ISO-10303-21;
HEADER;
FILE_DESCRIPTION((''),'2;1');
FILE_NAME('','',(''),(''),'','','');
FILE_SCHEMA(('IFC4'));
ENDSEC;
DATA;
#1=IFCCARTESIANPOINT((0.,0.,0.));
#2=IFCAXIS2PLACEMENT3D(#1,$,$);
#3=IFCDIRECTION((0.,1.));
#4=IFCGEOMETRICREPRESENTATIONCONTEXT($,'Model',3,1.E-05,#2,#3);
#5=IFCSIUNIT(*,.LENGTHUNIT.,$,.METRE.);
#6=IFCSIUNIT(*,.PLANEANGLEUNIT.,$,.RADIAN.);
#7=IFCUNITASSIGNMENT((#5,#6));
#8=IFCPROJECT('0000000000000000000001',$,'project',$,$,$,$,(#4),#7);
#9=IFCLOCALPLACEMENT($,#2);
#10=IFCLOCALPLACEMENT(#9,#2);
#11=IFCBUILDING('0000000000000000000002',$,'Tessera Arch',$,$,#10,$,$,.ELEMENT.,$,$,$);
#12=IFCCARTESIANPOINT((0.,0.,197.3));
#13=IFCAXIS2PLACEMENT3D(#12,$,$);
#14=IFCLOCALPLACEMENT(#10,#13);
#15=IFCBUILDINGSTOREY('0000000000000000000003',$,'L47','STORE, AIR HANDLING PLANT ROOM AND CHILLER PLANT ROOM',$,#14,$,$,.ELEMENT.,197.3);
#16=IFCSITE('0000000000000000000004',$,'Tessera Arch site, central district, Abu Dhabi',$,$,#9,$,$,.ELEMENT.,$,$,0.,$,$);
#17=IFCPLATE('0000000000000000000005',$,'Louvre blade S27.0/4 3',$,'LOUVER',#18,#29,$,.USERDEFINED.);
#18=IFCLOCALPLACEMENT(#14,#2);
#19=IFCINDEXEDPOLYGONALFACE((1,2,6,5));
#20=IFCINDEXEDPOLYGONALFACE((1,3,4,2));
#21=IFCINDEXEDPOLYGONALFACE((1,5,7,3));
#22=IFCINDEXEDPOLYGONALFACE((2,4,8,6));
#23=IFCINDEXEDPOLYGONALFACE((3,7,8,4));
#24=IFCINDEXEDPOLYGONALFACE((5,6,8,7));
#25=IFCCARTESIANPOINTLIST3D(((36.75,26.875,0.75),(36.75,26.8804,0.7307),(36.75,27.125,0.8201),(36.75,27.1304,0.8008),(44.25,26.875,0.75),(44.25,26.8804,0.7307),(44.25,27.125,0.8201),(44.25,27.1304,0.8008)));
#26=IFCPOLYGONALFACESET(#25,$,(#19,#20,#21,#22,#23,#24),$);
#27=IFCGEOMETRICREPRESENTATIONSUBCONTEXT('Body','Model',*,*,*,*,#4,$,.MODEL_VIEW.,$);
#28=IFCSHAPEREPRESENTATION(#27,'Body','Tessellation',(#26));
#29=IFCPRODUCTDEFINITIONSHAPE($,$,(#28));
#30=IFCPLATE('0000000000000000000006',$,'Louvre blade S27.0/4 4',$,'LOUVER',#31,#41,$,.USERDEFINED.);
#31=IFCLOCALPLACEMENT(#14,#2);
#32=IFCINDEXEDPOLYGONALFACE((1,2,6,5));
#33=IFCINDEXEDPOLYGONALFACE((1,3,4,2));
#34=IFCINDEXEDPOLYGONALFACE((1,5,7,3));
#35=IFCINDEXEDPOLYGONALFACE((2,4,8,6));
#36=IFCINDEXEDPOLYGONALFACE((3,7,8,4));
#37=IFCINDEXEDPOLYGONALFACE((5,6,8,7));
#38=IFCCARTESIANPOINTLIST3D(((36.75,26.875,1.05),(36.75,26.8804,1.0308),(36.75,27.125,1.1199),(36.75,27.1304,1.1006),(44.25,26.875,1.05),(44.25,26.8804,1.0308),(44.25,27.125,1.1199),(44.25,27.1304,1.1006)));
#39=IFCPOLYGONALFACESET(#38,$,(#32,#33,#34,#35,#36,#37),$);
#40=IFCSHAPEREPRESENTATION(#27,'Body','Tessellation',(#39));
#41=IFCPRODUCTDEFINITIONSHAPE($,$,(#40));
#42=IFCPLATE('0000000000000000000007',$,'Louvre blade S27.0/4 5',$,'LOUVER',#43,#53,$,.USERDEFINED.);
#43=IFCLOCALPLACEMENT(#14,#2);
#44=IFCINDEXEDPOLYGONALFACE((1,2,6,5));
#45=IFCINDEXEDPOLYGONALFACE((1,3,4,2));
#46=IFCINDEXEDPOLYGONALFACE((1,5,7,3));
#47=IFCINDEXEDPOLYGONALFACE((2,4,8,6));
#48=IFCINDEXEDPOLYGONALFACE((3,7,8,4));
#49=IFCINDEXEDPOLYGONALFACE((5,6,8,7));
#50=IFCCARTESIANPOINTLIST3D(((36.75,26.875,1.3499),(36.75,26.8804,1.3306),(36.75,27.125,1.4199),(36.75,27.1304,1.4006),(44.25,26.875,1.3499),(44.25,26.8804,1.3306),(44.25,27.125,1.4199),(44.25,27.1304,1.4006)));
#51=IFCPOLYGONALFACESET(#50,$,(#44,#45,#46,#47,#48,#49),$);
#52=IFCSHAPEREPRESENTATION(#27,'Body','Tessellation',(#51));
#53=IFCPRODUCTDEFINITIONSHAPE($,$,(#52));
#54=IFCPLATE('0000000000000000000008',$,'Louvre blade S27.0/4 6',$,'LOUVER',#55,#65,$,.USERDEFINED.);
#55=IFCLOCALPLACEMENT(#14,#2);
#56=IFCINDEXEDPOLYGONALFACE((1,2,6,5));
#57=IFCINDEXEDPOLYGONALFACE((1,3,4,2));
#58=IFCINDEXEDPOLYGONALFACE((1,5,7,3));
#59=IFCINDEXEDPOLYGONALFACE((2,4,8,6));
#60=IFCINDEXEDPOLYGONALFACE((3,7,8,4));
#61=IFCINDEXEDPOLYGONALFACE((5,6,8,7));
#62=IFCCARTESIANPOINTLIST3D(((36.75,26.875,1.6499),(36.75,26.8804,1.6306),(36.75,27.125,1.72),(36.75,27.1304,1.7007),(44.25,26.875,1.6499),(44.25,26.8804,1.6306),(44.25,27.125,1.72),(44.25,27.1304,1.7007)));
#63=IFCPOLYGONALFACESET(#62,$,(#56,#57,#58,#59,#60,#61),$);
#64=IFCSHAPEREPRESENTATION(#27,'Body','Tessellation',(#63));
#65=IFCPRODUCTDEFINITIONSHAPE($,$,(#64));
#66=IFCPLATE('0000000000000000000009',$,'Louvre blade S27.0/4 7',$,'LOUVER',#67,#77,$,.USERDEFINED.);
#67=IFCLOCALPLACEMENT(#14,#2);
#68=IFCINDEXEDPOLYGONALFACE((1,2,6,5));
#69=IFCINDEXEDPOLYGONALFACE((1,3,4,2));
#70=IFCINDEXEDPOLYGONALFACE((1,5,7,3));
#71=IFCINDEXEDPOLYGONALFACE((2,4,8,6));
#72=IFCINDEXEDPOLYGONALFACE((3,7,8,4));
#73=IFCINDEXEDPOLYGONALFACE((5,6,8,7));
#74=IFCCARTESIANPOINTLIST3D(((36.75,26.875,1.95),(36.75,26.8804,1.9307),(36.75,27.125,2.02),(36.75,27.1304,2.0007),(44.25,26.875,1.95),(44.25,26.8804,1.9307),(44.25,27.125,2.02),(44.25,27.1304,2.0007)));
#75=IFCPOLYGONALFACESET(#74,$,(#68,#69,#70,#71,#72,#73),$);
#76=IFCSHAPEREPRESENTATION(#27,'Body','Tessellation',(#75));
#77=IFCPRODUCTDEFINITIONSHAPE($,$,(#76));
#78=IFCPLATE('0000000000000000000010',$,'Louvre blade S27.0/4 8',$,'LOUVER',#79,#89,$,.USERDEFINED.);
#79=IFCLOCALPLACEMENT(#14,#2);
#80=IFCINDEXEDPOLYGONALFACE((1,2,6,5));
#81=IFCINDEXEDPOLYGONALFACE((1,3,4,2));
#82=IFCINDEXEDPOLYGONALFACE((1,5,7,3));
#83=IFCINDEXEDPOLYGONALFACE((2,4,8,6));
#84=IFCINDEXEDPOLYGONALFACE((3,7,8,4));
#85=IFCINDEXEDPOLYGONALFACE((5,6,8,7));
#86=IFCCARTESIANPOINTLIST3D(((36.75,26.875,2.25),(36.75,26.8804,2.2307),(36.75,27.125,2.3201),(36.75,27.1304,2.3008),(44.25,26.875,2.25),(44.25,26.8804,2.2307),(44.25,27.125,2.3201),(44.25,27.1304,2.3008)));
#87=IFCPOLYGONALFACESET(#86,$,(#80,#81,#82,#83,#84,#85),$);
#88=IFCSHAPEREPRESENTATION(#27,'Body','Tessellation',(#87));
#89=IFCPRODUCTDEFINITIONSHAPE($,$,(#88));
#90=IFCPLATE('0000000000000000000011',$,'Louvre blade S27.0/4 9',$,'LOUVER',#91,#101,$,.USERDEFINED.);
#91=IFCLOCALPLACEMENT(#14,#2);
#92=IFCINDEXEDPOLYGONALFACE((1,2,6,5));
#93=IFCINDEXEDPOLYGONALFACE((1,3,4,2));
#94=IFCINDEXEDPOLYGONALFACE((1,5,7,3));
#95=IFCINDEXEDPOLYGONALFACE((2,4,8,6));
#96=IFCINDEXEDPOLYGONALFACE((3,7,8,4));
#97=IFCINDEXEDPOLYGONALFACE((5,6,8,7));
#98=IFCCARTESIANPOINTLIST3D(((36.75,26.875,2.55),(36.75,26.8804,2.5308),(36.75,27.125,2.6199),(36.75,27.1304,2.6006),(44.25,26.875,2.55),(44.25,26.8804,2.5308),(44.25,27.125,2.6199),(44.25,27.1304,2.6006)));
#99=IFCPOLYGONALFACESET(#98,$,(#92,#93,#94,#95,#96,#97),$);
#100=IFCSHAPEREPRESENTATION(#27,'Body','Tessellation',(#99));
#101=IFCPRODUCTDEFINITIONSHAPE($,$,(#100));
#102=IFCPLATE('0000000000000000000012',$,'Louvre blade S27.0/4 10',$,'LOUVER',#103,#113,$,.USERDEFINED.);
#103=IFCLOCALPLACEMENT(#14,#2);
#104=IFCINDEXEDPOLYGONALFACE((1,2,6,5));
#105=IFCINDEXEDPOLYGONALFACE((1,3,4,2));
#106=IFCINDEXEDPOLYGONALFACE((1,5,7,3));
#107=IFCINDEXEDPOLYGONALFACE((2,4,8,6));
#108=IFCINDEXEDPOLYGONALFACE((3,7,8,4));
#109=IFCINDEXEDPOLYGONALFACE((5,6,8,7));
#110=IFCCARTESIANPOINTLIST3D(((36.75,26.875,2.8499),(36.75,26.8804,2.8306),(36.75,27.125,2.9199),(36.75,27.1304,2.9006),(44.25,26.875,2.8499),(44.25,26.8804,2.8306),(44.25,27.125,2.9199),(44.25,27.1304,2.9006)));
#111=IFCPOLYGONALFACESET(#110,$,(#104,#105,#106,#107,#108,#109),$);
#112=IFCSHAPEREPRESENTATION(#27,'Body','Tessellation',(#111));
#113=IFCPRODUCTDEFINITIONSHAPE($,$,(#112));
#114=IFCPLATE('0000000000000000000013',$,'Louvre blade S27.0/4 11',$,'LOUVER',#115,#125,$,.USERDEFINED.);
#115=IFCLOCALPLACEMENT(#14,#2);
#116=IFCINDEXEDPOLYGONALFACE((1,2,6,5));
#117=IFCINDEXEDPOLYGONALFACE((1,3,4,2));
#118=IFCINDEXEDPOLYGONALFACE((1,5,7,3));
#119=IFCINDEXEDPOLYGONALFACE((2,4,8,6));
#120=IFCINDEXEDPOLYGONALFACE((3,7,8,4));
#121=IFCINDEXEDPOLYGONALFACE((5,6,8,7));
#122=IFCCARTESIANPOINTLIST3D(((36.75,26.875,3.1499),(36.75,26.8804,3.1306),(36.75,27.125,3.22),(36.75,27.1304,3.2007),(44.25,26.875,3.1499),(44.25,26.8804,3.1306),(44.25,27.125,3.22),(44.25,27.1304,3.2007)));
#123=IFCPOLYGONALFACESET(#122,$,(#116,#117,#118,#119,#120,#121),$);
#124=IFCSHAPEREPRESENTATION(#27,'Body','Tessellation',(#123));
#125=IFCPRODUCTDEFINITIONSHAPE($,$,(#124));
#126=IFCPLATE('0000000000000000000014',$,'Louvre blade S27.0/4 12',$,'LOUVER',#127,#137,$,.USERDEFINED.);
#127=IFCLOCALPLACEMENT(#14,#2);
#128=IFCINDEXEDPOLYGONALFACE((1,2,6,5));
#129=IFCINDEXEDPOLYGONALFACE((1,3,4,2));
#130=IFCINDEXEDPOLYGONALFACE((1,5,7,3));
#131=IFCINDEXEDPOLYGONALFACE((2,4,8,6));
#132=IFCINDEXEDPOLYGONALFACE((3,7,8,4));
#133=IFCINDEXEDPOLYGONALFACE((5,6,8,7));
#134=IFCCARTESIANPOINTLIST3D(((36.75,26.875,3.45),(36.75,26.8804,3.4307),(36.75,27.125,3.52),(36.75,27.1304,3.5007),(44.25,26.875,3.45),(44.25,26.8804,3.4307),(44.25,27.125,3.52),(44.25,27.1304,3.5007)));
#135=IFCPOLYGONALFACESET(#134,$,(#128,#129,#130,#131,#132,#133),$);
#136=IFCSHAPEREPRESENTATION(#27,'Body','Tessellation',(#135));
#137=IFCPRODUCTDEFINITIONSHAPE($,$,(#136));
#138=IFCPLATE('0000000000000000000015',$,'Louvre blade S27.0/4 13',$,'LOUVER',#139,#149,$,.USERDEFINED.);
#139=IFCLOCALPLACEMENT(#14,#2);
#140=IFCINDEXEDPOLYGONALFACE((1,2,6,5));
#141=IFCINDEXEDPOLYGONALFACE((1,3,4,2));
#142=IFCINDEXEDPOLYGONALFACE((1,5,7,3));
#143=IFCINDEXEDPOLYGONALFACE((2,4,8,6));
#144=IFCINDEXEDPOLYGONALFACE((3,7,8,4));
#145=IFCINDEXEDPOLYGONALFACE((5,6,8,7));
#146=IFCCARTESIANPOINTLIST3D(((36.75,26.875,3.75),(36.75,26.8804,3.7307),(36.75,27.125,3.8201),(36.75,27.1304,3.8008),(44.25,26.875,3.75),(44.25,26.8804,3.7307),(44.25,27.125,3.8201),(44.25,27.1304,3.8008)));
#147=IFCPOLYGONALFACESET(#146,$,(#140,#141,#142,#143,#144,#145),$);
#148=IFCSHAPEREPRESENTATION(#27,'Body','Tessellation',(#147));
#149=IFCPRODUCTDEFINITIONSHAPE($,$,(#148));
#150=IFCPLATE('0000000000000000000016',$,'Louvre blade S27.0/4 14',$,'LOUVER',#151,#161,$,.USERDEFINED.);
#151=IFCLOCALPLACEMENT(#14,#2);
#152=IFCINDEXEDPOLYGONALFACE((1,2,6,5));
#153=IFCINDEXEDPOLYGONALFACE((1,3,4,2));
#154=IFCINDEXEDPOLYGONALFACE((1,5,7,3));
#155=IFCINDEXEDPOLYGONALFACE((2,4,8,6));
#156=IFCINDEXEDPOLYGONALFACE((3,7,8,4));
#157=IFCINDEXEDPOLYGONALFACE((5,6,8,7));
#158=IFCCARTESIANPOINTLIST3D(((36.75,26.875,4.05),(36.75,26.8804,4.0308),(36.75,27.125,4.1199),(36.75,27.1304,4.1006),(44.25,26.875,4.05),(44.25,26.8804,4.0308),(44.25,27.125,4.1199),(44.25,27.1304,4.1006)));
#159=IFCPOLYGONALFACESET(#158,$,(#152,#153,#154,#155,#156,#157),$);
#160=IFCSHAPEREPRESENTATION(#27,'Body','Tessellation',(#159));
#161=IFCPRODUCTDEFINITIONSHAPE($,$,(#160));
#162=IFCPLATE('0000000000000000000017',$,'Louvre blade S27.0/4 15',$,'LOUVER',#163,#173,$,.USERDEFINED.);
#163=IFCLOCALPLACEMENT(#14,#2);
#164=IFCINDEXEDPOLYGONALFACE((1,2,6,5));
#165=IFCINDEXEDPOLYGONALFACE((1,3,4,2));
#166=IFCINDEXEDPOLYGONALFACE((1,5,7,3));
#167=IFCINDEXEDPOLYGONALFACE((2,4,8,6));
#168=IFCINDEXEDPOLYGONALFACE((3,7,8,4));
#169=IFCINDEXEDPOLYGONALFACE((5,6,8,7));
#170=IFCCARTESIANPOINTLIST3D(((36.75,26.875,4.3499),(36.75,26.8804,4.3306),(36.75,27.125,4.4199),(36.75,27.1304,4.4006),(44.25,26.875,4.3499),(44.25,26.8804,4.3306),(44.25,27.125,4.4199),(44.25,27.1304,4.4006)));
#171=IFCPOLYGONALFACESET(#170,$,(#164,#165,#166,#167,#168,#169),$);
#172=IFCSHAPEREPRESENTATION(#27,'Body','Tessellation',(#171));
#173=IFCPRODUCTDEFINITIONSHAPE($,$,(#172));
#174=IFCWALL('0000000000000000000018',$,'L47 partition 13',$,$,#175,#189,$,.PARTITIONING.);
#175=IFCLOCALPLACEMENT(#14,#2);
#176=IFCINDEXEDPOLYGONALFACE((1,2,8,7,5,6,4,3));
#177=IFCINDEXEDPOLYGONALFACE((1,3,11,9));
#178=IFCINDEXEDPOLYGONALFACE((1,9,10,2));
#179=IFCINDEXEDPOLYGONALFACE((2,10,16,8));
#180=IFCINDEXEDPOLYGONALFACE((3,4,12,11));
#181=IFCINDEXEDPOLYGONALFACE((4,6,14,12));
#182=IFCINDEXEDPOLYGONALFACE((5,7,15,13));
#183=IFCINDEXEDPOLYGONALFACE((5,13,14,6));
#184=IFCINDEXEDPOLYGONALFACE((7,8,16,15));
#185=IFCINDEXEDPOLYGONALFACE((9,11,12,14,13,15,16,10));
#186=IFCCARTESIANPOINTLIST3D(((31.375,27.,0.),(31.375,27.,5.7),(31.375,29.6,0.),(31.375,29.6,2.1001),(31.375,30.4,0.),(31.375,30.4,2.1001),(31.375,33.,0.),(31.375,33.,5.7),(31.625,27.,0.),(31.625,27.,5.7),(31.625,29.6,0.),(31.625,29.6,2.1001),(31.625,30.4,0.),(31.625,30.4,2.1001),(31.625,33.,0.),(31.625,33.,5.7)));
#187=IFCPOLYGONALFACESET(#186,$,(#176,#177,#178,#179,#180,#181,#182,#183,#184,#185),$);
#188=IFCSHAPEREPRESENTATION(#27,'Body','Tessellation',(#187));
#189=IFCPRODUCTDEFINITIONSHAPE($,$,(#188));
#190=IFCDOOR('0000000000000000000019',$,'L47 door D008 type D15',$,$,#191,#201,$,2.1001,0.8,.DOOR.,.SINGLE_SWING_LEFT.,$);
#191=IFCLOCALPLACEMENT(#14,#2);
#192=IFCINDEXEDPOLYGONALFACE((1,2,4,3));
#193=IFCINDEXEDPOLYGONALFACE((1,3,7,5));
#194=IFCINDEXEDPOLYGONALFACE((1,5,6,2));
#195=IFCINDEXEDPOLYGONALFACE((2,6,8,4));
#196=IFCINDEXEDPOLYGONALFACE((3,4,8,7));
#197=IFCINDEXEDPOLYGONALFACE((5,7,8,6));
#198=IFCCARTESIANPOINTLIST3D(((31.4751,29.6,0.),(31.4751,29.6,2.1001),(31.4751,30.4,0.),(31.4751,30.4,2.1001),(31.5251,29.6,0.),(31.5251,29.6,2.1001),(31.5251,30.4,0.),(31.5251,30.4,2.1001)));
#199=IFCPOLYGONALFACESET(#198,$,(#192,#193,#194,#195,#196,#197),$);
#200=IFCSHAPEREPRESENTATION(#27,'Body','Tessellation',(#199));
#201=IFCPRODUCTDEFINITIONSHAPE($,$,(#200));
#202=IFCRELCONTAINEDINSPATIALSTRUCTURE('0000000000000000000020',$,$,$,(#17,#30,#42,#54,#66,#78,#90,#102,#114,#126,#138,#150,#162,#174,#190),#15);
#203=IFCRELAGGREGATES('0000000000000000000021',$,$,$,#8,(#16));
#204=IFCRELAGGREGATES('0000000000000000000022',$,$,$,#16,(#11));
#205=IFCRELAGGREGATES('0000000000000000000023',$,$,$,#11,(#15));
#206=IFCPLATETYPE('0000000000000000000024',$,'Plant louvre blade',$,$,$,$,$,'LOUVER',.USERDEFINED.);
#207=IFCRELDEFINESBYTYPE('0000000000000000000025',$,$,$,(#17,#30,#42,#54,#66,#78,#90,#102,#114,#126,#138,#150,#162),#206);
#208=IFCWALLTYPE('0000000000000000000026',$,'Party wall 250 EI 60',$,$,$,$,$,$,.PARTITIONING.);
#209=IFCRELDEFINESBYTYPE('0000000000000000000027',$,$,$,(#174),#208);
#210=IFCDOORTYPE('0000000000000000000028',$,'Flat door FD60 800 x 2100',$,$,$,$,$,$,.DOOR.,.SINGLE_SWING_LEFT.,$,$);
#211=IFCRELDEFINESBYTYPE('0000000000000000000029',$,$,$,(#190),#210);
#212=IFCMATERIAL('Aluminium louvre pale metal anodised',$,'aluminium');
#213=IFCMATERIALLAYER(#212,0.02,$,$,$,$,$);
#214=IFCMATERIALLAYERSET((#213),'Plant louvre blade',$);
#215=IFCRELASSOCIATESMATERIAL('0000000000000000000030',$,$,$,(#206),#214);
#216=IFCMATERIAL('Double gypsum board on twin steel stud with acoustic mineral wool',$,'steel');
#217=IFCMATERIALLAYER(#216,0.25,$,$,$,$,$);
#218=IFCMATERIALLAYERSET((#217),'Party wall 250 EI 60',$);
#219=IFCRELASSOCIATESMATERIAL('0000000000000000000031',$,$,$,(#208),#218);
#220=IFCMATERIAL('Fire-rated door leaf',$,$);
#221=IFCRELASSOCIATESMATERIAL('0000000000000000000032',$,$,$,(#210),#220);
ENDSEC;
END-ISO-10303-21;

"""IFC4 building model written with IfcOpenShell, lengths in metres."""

from ifc_helpers import new_model, si_unit, direction, frame, frame_2d, origin, place, context, subcontext, project, spatial, polyline, rectangle, outline, extrude, material, layer, layer_set, type_object, element, fill, save


model = new_model("IFC4")

# Units and contexts
model_context = context("Model", 3, precision=1e-05, world=origin(), true_north=direction((0.0, 1.0)))
body_context = subcontext(model_context, "Body", "Model", "MODEL_VIEW")
ifc_project = project(units=[si_unit("LENGTHUNIT", "METRE"), si_unit("PLANEANGLEUNIT", "RADIAN")], contexts=[model_context])

# Site, building, storey
site_placement = place(None, origin())
site = spatial("IfcSite", under=ifc_project, at=site_placement, Name="Tessera Arch site, central district, Abu Dhabi", CompositionType="ELEMENT", RefElevation=0.0)
building_placement = place(site_placement, origin())
building = spatial("IfcBuilding", under=site, at=building_placement, Name="Tessera Arch", CompositionType="ELEMENT")
storey_placement = place(building_placement, frame((0.0, 0.0, 197.3)))
storey = spatial("IfcBuildingStorey", under=building, at=storey_placement, Name="L47", Description="STORE, AIR HANDLING PLANT ROOM AND CHILLER PLANT ROOM", CompositionType="ELEMENT", Elevation=197.3)

# Plates
ifc_material_1 = material(Name="Aluminium louvre pale metal anodised", Category="aluminium")
ifc_layer_1 = layer(ifc_material_1, 0.02)
ifc_layer_set_1 = layer_set([ifc_layer_1], Name="Plant louvre blade")
plate_type_1 = type_object("IfcPlateType", Name="Plant louvre blade", ElementType="LOUVER", PredefinedType="USERDEFINED", material=ifc_layer_set_1)
for number, where, z_axis, x_axis, name in (
    (1, (36.75, 26.875, 0.75), (0.0, -0.269874, 0.962896), (1.0, 0.0, 0.0), "Louvre blade S27.0/4 3"),
):
    element("IfcPlate", number, at=place(storey_placement, frame(where, z_axis=z_axis, x_axis=x_axis)), inside=storey, type_object=plate_type_1, Name=name, ObjectType="LOUVER", PredefinedType="USERDEFINED", context=body_context, shape_type="SweptSolid", body=[
        extrude(outline(polyline([(0.0, 0.0), (7.5, 0.0), (7.5, 0.2596), (0.0, 0.2596), (0.0, 0.0)])), origin(), (0.0, 0.0, -1.0), 0.02),
    ])
plate_1_placement = place(storey_placement, frame((36.75, 26.875, 1.05), z_axis=(0.0, -0.269002, 0.96314), x_axis=(1.0, 0.0, 0.0)))
element("IfcPlate", 2, at=plate_1_placement, inside=storey, type_object=plate_type_1, Name="Louvre blade S27.0/4 4", ObjectType="LOUVER", PredefinedType="USERDEFINED", context=body_context, shape_type="SweptSolid", body=[
    extrude(outline(polyline([(0.0, 0.0), (7.5, 0.0), (7.5, 0.2596), (0.0, 0.2596), (0.0, 0.0)])), origin(), (0.0, 0.0, -1.0), 0.02),
])
for number, where, z_axis, x_axis, name in (
    (3, (36.75, 26.875, 1.3499), (0.0, -0.269874, 0.962896), (1.0, 0.0, 0.0), "Louvre blade S27.0/4 5"),
    (4, (36.75, 26.875, 1.6499), (0.0, -0.269874, 0.962896), (1.0, 0.0, 0.0), "Louvre blade S27.0/4 6"),
    (5, (36.75, 26.875, 1.95), (0.0, -0.269874, 0.962896), (1.0, 0.0, 0.0), "Louvre blade S27.0/4 7"),
    (6, (36.75, 26.875, 2.25), (0.0, -0.269874, 0.962896), (1.0, 0.0, 0.0), "Louvre blade S27.0/4 8"),
):
    element("IfcPlate", number, at=place(storey_placement, frame(where, z_axis=z_axis, x_axis=x_axis)), inside=storey, type_object=plate_type_1, Name=name, ObjectType="LOUVER", PredefinedType="USERDEFINED", context=body_context, shape_type="SweptSolid", body=[
        extrude(outline(polyline([(0.0, 0.0), (7.5, 0.0), (7.5, 0.2596), (0.0, 0.2596), (0.0, 0.0)])), origin(), (0.0, 0.0, -1.0), 0.02),
    ])
plate_2_placement = place(storey_placement, frame((36.75, 26.875, 2.55), z_axis=(0.0, -0.269002, 0.96314), x_axis=(1.0, 0.0, 0.0)))
element("IfcPlate", 7, at=plate_2_placement, inside=storey, type_object=plate_type_1, Name="Louvre blade S27.0/4 9", ObjectType="LOUVER", PredefinedType="USERDEFINED", context=body_context, shape_type="SweptSolid", body=[
    extrude(outline(polyline([(0.0, 0.0), (7.5, 0.0), (7.5, 0.2596), (0.0, 0.2596), (0.0, 0.0)])), origin(), (0.0, 0.0, -1.0), 0.02),
])
for number, where, z_axis, x_axis, name in (
    (8, (36.75, 26.875, 2.8499), (0.0, -0.269874, 0.962896), (1.0, 0.0, 0.0), "Louvre blade S27.0/4 10"),
    (9, (36.75, 26.875, 3.1499), (0.0, -0.269874, 0.962896), (1.0, 0.0, 0.0), "Louvre blade S27.0/4 11"),
    (10, (36.75, 26.875, 3.45), (0.0, -0.269874, 0.962896), (1.0, 0.0, 0.0), "Louvre blade S27.0/4 12"),
    (11, (36.75, 26.875, 3.75), (0.0, -0.269874, 0.962896), (1.0, 0.0, 0.0), "Louvre blade S27.0/4 13"),
):
    element("IfcPlate", number, at=place(storey_placement, frame(where, z_axis=z_axis, x_axis=x_axis)), inside=storey, type_object=plate_type_1, Name=name, ObjectType="LOUVER", PredefinedType="USERDEFINED", context=body_context, shape_type="SweptSolid", body=[
        extrude(outline(polyline([(0.0, 0.0), (7.5, 0.0), (7.5, 0.2596), (0.0, 0.2596), (0.0, 0.0)])), origin(), (0.0, 0.0, -1.0), 0.02),
    ])
plate_3_placement = place(storey_placement, frame((36.75, 26.875, 4.05), z_axis=(0.0, -0.269002, 0.96314), x_axis=(1.0, 0.0, 0.0)))
element("IfcPlate", 12, at=plate_3_placement, inside=storey, type_object=plate_type_1, Name="Louvre blade S27.0/4 14", ObjectType="LOUVER", PredefinedType="USERDEFINED", context=body_context, shape_type="SweptSolid", body=[
    extrude(outline(polyline([(0.0, 0.0), (7.5, 0.0), (7.5, 0.2596), (0.0, 0.2596), (0.0, 0.0)])), origin(), (0.0, 0.0, -1.0), 0.02),
])
plate_4_placement = place(storey_placement, frame((36.75, 26.875, 4.3499), z_axis=(0.0, -0.269874, 0.962896), x_axis=(1.0, 0.0, 0.0)))
element("IfcPlate", 13, at=plate_4_placement, inside=storey, type_object=plate_type_1, Name="Louvre blade S27.0/4 15", ObjectType="LOUVER", PredefinedType="USERDEFINED", context=body_context, shape_type="SweptSolid", body=[
    extrude(outline(polyline([(0.0, 0.0), (7.5, 0.0), (7.5, 0.2596), (0.0, 0.2596), (0.0, 0.0)])), origin(), (0.0, 0.0, -1.0), 0.02),
])

# Wall, opening, door
ifc_material_2 = material(Name="Double gypsum board on twin steel stud with acoustic mineral wool", Category="steel")
ifc_layer_2 = layer(ifc_material_2, 0.25)
ifc_layer_set_2 = layer_set([ifc_layer_2], Name="Party wall 250 EI 60")
wall_type = type_object("IfcWallType", Name="Party wall 250 EI 60", PredefinedType="PARTITIONING", material=ifc_layer_set_2)
wall_placement = place(storey_placement, frame((31.5, 27.0, 0.0), z_axis=(0.0, 0.0, 1.0), x_axis=(0.0, 1.0, 0.0)))
wall = element("IfcWall", 14, at=wall_placement, inside=storey, type_object=wall_type, Name="L47 partition 13", PredefinedType="PARTITIONING", context=body_context, shape_type="SweptSolid", body=[
    extrude(rectangle(XDim=6.0, YDim=0.25, at=frame_2d((3.0, 0.0))), origin(), (0.0, 0.0, 1.0), 5.7),
])
opening_placement = place(wall_placement, frame((2.6001, 0.0, 0.0)))
opening = element("IfcOpeningElement", 15, at=opening_placement, cuts=wall, PredefinedType="OPENING", context=body_context, shape_type="SweptSolid", body=[
    extrude(rectangle(XDim=0.8, YDim=2.1001, at=frame_2d((0.3999, 1.05))), frame((0.0, 0.135, 0.0), z_axis=(0.0, -1.0, 0.0), x_axis=(1.0, 0.0, 0.0)), (0.0, 0.0, 1.0), 0.27),
])
ifc_material_3 = material(Name="Fire-rated door leaf")
door_type = type_object("IfcDoorType", Name="Flat door FD60 800 x 2100", OperationType="SINGLE_SWING_LEFT", PredefinedType="DOOR", material=ifc_material_3)
door_placement = place(opening_placement, origin())
door = element("IfcDoor", 16, at=door_placement, inside=storey, type_object=door_type, Name="L47 door D008 type D15", OperationType="SINGLE_SWING_LEFT", OverallHeight=2.1001, OverallWidth=0.8, PredefinedType="DOOR", context=body_context, shape_type="SweptSolid", body=[
    extrude(rectangle(XDim=0.8, YDim=2.1001, at=frame_2d((0.3999, 1.05))), frame((0.0, 0.0249, 0.0), z_axis=(0.0, -1.0, 0.0), x_axis=(1.0, 0.0, 0.0)), (0.0, 0.0, 1.0), 0.05),
])
fill(opening, door)

save(model, "model.ifc")
